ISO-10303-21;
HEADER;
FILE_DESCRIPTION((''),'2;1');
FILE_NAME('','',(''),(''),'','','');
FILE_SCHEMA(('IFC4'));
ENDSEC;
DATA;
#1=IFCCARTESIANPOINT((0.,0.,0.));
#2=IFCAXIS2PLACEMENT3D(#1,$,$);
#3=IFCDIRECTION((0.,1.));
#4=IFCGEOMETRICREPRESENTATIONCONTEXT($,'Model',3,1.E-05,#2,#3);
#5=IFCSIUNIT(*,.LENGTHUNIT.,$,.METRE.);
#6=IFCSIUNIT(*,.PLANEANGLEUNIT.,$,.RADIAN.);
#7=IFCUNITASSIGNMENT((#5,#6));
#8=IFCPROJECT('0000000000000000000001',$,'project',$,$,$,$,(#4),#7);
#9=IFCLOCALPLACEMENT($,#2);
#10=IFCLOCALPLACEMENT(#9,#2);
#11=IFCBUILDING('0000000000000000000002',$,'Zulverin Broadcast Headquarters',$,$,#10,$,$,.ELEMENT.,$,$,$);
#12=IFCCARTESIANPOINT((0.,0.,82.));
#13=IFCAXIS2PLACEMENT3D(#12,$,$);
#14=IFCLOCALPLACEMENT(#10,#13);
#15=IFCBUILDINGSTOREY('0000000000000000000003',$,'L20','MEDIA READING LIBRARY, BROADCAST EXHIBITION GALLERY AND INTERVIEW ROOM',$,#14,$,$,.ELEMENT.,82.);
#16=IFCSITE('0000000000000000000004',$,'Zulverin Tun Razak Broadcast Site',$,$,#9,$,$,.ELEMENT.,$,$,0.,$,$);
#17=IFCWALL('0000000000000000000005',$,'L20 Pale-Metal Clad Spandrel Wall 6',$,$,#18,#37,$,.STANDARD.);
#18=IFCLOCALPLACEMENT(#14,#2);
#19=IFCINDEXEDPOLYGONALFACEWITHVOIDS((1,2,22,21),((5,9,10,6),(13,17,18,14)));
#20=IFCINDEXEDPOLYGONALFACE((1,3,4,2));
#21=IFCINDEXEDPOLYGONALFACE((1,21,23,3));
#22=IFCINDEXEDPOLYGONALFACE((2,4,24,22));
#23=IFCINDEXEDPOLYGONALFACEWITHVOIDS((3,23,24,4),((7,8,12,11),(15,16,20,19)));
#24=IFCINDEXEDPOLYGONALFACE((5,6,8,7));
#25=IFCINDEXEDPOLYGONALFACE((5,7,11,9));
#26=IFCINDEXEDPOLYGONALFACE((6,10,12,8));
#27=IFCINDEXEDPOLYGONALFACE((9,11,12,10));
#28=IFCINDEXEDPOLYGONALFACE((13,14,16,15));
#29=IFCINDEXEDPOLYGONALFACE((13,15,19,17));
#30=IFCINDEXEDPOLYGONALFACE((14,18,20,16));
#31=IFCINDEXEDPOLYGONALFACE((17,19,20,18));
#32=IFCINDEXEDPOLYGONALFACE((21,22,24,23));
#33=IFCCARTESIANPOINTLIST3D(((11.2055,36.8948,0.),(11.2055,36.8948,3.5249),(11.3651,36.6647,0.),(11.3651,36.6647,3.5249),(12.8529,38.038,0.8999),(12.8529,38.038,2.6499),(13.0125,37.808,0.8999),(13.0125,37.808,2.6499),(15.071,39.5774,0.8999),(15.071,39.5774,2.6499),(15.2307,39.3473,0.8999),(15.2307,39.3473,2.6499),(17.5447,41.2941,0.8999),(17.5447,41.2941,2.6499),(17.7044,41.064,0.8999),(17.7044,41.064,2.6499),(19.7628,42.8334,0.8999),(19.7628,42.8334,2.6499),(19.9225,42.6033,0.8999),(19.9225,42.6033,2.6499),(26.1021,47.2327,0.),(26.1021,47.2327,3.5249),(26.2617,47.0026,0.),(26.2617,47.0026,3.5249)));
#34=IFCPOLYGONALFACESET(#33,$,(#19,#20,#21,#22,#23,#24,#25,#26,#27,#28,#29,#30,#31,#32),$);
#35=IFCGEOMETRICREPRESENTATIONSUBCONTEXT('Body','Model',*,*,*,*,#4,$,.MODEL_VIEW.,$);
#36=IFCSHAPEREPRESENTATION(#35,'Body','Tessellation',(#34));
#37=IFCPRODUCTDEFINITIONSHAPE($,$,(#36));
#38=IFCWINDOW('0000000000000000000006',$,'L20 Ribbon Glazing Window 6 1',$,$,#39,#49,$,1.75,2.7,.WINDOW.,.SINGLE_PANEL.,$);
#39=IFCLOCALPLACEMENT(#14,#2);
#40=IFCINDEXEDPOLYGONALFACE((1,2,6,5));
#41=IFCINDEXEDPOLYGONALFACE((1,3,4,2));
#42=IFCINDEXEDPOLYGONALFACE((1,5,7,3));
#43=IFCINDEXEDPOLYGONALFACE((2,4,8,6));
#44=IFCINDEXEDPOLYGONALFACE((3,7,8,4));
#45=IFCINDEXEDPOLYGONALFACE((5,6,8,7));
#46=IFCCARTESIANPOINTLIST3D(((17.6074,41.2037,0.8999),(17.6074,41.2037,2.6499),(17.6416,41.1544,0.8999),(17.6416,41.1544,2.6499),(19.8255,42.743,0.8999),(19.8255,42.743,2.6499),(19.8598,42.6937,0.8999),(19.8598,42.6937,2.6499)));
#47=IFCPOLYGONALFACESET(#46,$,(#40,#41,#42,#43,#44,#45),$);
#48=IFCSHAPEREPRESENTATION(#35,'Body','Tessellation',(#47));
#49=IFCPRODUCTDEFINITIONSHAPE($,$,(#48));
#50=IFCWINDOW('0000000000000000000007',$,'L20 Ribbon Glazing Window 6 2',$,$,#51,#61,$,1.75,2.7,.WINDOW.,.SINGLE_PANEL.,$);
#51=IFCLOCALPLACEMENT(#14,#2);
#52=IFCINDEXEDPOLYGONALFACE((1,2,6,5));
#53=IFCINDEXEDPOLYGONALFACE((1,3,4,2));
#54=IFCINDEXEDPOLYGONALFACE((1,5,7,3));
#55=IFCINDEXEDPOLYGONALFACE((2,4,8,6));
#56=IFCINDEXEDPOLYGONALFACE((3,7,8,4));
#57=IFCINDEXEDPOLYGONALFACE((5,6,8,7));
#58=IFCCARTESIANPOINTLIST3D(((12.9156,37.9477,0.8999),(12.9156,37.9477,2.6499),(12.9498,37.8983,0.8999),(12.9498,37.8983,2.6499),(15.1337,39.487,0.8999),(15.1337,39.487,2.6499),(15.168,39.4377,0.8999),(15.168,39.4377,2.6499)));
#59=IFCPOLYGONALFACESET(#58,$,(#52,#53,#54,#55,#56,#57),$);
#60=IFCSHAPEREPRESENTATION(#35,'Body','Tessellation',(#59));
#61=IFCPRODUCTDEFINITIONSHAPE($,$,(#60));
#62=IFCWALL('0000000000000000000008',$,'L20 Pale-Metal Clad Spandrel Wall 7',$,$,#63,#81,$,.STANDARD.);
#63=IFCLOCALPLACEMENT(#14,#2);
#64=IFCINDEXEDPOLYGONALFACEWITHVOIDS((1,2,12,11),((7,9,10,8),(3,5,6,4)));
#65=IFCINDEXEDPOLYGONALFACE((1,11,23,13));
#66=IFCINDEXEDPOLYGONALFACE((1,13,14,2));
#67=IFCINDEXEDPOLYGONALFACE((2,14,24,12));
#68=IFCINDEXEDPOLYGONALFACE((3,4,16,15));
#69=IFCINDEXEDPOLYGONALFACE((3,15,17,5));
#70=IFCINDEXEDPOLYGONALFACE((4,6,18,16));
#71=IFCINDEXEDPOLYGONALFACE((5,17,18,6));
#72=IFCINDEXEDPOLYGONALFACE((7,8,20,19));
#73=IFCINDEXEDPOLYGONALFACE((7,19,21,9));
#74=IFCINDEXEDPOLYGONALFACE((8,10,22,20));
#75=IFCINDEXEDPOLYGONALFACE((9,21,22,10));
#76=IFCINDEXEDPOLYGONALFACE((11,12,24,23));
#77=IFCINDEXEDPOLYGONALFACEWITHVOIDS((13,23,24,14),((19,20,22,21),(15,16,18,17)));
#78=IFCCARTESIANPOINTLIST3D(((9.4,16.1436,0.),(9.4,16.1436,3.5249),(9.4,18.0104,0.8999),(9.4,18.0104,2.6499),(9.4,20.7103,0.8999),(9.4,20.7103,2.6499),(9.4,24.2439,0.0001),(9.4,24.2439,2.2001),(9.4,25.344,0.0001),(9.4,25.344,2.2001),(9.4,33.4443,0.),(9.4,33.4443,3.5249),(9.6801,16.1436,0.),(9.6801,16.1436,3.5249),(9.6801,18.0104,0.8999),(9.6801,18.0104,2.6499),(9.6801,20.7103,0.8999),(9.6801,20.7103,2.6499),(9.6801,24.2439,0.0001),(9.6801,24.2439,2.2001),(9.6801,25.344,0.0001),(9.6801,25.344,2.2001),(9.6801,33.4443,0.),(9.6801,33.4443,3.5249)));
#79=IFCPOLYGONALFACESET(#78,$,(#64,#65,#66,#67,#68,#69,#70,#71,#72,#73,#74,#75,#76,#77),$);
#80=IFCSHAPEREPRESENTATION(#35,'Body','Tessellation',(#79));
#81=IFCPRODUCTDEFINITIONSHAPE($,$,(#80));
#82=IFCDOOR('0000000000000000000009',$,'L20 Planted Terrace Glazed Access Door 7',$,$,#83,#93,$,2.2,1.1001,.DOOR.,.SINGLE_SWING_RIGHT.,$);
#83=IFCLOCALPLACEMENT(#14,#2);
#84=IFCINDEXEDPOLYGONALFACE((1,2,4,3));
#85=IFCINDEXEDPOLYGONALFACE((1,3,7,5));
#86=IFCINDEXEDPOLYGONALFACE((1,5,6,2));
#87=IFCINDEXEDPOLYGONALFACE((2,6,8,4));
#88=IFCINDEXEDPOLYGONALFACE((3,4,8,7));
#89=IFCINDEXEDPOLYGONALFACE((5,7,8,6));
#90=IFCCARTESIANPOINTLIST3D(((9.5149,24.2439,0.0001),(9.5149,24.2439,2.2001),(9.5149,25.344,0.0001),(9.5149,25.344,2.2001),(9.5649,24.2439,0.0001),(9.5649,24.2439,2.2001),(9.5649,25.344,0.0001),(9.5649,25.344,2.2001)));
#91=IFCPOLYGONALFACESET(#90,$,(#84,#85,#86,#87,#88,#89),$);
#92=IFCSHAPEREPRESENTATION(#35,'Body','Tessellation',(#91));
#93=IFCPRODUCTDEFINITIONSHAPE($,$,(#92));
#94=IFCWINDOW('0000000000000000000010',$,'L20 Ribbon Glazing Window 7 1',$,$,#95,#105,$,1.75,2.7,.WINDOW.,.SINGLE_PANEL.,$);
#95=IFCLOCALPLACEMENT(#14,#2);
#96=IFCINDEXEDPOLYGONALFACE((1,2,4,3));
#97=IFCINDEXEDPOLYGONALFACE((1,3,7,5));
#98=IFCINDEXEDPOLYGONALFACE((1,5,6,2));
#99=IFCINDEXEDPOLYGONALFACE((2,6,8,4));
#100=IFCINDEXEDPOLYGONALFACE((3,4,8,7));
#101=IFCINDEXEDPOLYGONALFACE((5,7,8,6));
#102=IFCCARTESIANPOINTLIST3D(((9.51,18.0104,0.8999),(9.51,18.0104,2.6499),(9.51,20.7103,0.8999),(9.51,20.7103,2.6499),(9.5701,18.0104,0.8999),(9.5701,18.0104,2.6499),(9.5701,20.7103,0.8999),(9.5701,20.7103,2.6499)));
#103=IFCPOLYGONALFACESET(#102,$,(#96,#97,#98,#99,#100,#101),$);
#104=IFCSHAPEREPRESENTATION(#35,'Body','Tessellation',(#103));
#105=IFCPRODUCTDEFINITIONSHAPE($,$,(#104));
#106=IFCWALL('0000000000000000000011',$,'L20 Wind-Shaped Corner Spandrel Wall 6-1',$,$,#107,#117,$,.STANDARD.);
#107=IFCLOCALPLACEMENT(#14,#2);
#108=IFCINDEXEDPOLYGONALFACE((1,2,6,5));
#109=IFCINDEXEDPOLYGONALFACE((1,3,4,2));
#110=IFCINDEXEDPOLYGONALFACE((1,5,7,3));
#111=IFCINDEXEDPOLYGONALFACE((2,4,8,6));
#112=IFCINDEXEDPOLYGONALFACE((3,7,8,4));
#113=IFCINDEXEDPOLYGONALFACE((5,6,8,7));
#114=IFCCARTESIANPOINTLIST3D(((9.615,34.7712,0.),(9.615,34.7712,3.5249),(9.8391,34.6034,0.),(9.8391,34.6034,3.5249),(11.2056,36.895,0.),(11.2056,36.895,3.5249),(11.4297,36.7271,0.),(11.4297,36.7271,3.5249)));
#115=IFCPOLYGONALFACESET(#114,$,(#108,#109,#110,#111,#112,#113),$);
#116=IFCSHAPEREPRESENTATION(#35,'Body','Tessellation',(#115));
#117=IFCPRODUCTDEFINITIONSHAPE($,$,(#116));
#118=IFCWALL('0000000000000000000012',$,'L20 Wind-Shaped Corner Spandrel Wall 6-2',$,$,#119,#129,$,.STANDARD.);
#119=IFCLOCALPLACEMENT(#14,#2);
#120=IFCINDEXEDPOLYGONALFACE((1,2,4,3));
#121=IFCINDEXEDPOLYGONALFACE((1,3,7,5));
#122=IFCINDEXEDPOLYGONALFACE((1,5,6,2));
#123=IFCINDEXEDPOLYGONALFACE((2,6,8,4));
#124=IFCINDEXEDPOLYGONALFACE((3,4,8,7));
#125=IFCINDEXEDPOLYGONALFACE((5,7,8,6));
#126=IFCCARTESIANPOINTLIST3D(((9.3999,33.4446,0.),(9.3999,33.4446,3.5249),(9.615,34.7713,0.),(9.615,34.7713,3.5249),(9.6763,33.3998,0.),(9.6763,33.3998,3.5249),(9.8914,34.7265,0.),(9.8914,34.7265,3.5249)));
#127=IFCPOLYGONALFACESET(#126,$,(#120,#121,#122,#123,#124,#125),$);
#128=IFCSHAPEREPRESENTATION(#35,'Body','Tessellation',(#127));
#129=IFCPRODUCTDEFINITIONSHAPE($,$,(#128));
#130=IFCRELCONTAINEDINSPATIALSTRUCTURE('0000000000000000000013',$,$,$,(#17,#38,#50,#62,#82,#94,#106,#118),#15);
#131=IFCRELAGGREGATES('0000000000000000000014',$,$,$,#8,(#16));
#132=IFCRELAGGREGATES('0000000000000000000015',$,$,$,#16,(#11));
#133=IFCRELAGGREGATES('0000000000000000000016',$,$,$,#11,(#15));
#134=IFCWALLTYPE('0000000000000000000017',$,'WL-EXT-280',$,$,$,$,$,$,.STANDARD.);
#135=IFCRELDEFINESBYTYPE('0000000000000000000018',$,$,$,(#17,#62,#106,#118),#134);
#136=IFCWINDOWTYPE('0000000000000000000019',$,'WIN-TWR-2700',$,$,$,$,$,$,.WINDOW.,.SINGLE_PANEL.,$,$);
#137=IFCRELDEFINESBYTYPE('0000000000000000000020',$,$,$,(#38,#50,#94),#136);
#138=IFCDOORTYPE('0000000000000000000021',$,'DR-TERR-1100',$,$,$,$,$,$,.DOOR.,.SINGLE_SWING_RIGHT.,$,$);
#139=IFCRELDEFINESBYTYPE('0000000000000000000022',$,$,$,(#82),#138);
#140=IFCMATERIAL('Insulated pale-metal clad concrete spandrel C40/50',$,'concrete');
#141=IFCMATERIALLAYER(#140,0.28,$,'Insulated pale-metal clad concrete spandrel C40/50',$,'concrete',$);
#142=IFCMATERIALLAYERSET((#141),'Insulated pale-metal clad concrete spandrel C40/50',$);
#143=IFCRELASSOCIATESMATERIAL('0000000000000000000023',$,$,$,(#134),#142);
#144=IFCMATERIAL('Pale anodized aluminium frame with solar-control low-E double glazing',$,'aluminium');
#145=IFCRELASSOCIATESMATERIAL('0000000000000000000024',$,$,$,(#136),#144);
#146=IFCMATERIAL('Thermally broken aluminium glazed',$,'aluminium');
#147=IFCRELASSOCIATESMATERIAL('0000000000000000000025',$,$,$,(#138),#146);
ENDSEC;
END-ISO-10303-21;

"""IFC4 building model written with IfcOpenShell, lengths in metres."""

from ifc_helpers import new_model, si_unit, direction, frame, frame_2d, origin, place, context, subcontext, project, spatial, rectangle, extrude, material, layer, layer_set, type_object, element, fill, save


model = new_model("IFC4")

# Units and contexts
model_context = context("Model", 3, precision=1e-05, world=origin(), true_north=direction((0.0, 1.0)))
body_context = subcontext(model_context, "Body", "Model", "MODEL_VIEW")
ifc_project = project(units=[si_unit("LENGTHUNIT", "METRE"), si_unit("PLANEANGLEUNIT", "RADIAN")], contexts=[model_context])

# Site, building, storey
site_placement = place(None, origin())
site = spatial("IfcSite", under=ifc_project, at=site_placement, Name="Zulverin Tun Razak Broadcast Site", CompositionType="ELEMENT", RefElevation=0.0)
building_placement = place(site_placement, origin())
building = spatial("IfcBuilding", under=site, at=building_placement, Name="Zulverin Broadcast Headquarters", CompositionType="ELEMENT")
storey_placement = place(building_placement, frame((0.0, 0.0, 82.0)))
storey = spatial("IfcBuildingStorey", under=building, at=storey_placement, Name="L20", Description="MEDIA READING LIBRARY, BROADCAST EXHIBITION GALLERY AND INTERVIEW ROOM", CompositionType="ELEMENT", Elevation=82.0)

# Wall, openings, windows
ifc_material_1 = material(Name="Insulated pale-metal clad concrete spandrel C40/50", Category="concrete")
ifc_layer_1 = layer(ifc_material_1, 0.28, Name="Insulated pale-metal clad concrete spandrel C40/50", Category="concrete")
ifc_layer_set_1 = layer_set([ifc_layer_1], Name="Insulated pale-metal clad concrete spandrel C40/50")
wall_type_1 = type_object("IfcWallType", Name="WL-EXT-280", PredefinedType="STANDARD", material=ifc_layer_set_1)
wall_1_placement = place(storey_placement, frame((26.1819, 47.1177, 0.0), z_axis=(0.0, 0.0, 1.0), x_axis=(-0.821548, -0.570139, 0.0)))
wall_1 = element("IfcWall", 1, at=wall_1_placement, inside=storey, type_object=wall_type_1, Name="L20 Pale-Metal Clad Spandrel Wall 6", PredefinedType="STANDARD", context=body_context, shape_type="SweptSolid", body=[
    extrude(rectangle(XDim=18.1323, YDim=0.28, at=frame_2d((9.0662, 0.0))), origin(), (0.0, 0.0, 1.0), 3.5249),
])
opening_1_placement = place(wall_1_placement, frame((7.7161, 0.0, 0.8999)))
opening_1 = element("IfcOpeningElement", 2, at=opening_1_placement, cuts=wall_1, PredefinedType="OPENING", context=body_context, shape_type="SweptSolid", body=[
    extrude(rectangle(XDim=2.7, YDim=1.75, at=frame_2d((1.3501, 0.875))), frame((0.0, 0.1499, 0.0), z_axis=(0.0, -1.0, 0.0), x_axis=(1.0, 0.0, 0.0)), (0.0, 0.0, 1.0), 0.3),
])
opening_2_placement = place(wall_1_placement, frame((13.427, 0.0, 0.8999)))
opening_2 = element("IfcOpeningElement", 3, at=opening_2_placement, cuts=wall_1, PredefinedType="OPENING", context=body_context, shape_type="SweptSolid", body=[
    extrude(rectangle(XDim=2.7, YDim=1.75, at=frame_2d((1.3501, 0.875))), frame((0.0, 0.1499, 0.0), z_axis=(0.0, -1.0, 0.0), x_axis=(1.0, 0.0, 0.0)), (0.0, 0.0, 1.0), 0.3),
])
ifc_material_2 = material(Name="Pale anodized aluminium frame with solar-control low-E double glazing", Category="aluminium")
window_type = type_object("IfcWindowType", Name="WIN-TWR-2700", PartitioningType="SINGLE_PANEL", PredefinedType="WINDOW", material=ifc_material_2)
window_1_placement = place(opening_1_placement, origin())
window_1 = element("IfcWindow", 4, at=window_1_placement, inside=storey, type_object=window_type, Name="L20 Ribbon Glazing Window 6 1", OverallHeight=1.75, OverallWidth=2.7, PartitioningType="SINGLE_PANEL", PredefinedType="WINDOW", context=body_context, shape_type="SweptSolid", body=[
    extrude(rectangle(XDim=2.7, YDim=1.75, at=frame_2d((1.3501, 0.875))), frame((0.0, 0.03, 0.0), z_axis=(0.0, -1.0, 0.0), x_axis=(1.0, 0.0, 0.0)), (0.0, 0.0, 1.0), 0.0601),
])
fill(opening_1, window_1)
window_2_placement = place(opening_2_placement, origin())
window_2 = element("IfcWindow", 5, at=window_2_placement, inside=storey, type_object=window_type, Name="L20 Ribbon Glazing Window 6 2", OverallHeight=1.75, OverallWidth=2.7, PartitioningType="SINGLE_PANEL", PredefinedType="WINDOW", context=body_context, shape_type="SweptSolid", body=[
    extrude(rectangle(XDim=2.7, YDim=1.75, at=frame_2d((1.3501, 0.875))), frame((0.0, 0.03, 0.0), z_axis=(0.0, -1.0, 0.0), x_axis=(1.0, 0.0, 0.0)), (0.0, 0.0, 1.0), 0.0601),
])
fill(opening_2, window_2)

# Wall, openings, door, window
wall_2_placement = place(storey_placement, frame((9.54, 33.4443, 0.0), z_axis=(0.0, 0.0, 1.0), x_axis=(0.0, -1.0, 0.0)))
wall_2 = element("IfcWall", 6, at=wall_2_placement, inside=storey, type_object=wall_type_1, Name="L20 Pale-Metal Clad Spandrel Wall 7", PredefinedType="STANDARD", context=body_context, shape_type="SweptSolid", body=[
    extrude(rectangle(XDim=17.3008, YDim=0.28, at=frame_2d((8.6504, 0.0))), origin(), (0.0, 0.0, 1.0), 3.5249),
])
opening_3_placement = place(wall_2_placement, frame((8.1003, 0.0, 0.0)))
opening_3 = element("IfcOpeningElement", 7, at=opening_3_placement, cuts=wall_2, PredefinedType="OPENING", context=body_context, shape_type="SweptSolid", body=[
    extrude(rectangle(XDim=1.1001, YDim=2.2, at=frame_2d((0.55, 1.1001))), frame((0.0, 0.1499, 0.0), z_axis=(0.0, -1.0, 0.0), x_axis=(1.0, 0.0, 0.0)), (0.0, 0.0, 1.0), 0.3),
])
opening_4_placement = place(wall_2_placement, frame((12.7339, 0.0, 0.8999)))
opening_4 = element("IfcOpeningElement", 8, at=opening_4_placement, cuts=wall_2, PredefinedType="OPENING", context=body_context, shape_type="SweptSolid", body=[
    extrude(rectangle(XDim=2.7, YDim=1.75, at=frame_2d((1.3501, 0.875))), frame((0.0, 0.1499, 0.0), z_axis=(0.0, -1.0, 0.0), x_axis=(1.0, 0.0, 0.0)), (0.0, 0.0, 1.0), 0.3),
])
ifc_material_3 = material(Name="Thermally broken aluminium glazed", Category="aluminium")
door_type_1 = type_object("IfcDoorType", Name="DR-TERR-1100", OperationType="SINGLE_SWING_RIGHT", PredefinedType="DOOR", material=ifc_material_3)
door_1_placement = place(opening_3_placement, origin())
door_1 = element("IfcDoor", 9, at=door_1_placement, inside=storey, type_object=door_type_1, Name="L20 Planted Terrace Glazed Access Door 7", OperationType="SINGLE_SWING_RIGHT", OverallHeight=2.2, OverallWidth=1.1001, PredefinedType="DOOR", context=body_context, shape_type="SweptSolid", body=[
    extrude(rectangle(XDim=1.1001, YDim=2.2, at=frame_2d((0.55, 1.1001))), frame((0.0, 0.0249, 0.0), z_axis=(0.0, -1.0, 0.0), x_axis=(1.0, 0.0, 0.0)), (0.0, 0.0, 1.0), 0.05),
])
fill(opening_3, door_1)
window_3_placement = place(opening_4_placement, origin())
window_3 = element("IfcWindow", 10, at=window_3_placement, inside=storey, type_object=window_type, Name="L20 Ribbon Glazing Window 7 1", OverallHeight=1.75, OverallWidth=2.7, PartitioningType="SINGLE_PANEL", PredefinedType="WINDOW", context=body_context, shape_type="SweptSolid", body=[
    extrude(rectangle(XDim=2.7, YDim=1.75, at=frame_2d((1.3501, 0.875))), frame((0.0, 0.03, 0.0), z_axis=(0.0, -1.0, 0.0), x_axis=(1.0, 0.0, 0.0)), (0.0, 0.0, 1.0), 0.0601),
])
fill(opening_4, window_3)

# Walls
wall_3_placement = place(storey_placement, frame((11.3176, 36.811, 0.0), z_axis=(0.0, 0.0, 1.0), x_axis=(-0.599455, -0.800408, 0.0)))
element("IfcWall", 11, at=wall_3_placement, inside=storey, type_object=wall_type_1, Name="L20 Wind-Shaped Corner Spandrel Wall 6-1", PredefinedType="STANDARD", context=body_context, shape_type="SweptSolid", body=[
    extrude(rectangle(XDim=2.6533, YDim=0.28, at=frame_2d((1.3267, 0.0))), origin(), (0.0, 0.0, 1.0), 3.5249),
])
wall_4_placement = place(storey_placement, frame((9.7532, 34.7488, 0.0), z_axis=(0.0, 0.0, 1.0), x_axis=(-0.160038, -0.987111, 0.0)))
element("IfcWall", 12, at=wall_4_placement, inside=storey, type_object=wall_type_1, Name="L20 Wind-Shaped Corner Spandrel Wall 6-2", PredefinedType="STANDARD", context=body_context, shape_type="SweptSolid", body=[
    extrude(rectangle(XDim=1.344, YDim=0.28, at=frame_2d((0.6719, 0.0))), origin(), (0.0, 0.0, 1.0), 3.5249),
])

save(model, "model.ifc")
